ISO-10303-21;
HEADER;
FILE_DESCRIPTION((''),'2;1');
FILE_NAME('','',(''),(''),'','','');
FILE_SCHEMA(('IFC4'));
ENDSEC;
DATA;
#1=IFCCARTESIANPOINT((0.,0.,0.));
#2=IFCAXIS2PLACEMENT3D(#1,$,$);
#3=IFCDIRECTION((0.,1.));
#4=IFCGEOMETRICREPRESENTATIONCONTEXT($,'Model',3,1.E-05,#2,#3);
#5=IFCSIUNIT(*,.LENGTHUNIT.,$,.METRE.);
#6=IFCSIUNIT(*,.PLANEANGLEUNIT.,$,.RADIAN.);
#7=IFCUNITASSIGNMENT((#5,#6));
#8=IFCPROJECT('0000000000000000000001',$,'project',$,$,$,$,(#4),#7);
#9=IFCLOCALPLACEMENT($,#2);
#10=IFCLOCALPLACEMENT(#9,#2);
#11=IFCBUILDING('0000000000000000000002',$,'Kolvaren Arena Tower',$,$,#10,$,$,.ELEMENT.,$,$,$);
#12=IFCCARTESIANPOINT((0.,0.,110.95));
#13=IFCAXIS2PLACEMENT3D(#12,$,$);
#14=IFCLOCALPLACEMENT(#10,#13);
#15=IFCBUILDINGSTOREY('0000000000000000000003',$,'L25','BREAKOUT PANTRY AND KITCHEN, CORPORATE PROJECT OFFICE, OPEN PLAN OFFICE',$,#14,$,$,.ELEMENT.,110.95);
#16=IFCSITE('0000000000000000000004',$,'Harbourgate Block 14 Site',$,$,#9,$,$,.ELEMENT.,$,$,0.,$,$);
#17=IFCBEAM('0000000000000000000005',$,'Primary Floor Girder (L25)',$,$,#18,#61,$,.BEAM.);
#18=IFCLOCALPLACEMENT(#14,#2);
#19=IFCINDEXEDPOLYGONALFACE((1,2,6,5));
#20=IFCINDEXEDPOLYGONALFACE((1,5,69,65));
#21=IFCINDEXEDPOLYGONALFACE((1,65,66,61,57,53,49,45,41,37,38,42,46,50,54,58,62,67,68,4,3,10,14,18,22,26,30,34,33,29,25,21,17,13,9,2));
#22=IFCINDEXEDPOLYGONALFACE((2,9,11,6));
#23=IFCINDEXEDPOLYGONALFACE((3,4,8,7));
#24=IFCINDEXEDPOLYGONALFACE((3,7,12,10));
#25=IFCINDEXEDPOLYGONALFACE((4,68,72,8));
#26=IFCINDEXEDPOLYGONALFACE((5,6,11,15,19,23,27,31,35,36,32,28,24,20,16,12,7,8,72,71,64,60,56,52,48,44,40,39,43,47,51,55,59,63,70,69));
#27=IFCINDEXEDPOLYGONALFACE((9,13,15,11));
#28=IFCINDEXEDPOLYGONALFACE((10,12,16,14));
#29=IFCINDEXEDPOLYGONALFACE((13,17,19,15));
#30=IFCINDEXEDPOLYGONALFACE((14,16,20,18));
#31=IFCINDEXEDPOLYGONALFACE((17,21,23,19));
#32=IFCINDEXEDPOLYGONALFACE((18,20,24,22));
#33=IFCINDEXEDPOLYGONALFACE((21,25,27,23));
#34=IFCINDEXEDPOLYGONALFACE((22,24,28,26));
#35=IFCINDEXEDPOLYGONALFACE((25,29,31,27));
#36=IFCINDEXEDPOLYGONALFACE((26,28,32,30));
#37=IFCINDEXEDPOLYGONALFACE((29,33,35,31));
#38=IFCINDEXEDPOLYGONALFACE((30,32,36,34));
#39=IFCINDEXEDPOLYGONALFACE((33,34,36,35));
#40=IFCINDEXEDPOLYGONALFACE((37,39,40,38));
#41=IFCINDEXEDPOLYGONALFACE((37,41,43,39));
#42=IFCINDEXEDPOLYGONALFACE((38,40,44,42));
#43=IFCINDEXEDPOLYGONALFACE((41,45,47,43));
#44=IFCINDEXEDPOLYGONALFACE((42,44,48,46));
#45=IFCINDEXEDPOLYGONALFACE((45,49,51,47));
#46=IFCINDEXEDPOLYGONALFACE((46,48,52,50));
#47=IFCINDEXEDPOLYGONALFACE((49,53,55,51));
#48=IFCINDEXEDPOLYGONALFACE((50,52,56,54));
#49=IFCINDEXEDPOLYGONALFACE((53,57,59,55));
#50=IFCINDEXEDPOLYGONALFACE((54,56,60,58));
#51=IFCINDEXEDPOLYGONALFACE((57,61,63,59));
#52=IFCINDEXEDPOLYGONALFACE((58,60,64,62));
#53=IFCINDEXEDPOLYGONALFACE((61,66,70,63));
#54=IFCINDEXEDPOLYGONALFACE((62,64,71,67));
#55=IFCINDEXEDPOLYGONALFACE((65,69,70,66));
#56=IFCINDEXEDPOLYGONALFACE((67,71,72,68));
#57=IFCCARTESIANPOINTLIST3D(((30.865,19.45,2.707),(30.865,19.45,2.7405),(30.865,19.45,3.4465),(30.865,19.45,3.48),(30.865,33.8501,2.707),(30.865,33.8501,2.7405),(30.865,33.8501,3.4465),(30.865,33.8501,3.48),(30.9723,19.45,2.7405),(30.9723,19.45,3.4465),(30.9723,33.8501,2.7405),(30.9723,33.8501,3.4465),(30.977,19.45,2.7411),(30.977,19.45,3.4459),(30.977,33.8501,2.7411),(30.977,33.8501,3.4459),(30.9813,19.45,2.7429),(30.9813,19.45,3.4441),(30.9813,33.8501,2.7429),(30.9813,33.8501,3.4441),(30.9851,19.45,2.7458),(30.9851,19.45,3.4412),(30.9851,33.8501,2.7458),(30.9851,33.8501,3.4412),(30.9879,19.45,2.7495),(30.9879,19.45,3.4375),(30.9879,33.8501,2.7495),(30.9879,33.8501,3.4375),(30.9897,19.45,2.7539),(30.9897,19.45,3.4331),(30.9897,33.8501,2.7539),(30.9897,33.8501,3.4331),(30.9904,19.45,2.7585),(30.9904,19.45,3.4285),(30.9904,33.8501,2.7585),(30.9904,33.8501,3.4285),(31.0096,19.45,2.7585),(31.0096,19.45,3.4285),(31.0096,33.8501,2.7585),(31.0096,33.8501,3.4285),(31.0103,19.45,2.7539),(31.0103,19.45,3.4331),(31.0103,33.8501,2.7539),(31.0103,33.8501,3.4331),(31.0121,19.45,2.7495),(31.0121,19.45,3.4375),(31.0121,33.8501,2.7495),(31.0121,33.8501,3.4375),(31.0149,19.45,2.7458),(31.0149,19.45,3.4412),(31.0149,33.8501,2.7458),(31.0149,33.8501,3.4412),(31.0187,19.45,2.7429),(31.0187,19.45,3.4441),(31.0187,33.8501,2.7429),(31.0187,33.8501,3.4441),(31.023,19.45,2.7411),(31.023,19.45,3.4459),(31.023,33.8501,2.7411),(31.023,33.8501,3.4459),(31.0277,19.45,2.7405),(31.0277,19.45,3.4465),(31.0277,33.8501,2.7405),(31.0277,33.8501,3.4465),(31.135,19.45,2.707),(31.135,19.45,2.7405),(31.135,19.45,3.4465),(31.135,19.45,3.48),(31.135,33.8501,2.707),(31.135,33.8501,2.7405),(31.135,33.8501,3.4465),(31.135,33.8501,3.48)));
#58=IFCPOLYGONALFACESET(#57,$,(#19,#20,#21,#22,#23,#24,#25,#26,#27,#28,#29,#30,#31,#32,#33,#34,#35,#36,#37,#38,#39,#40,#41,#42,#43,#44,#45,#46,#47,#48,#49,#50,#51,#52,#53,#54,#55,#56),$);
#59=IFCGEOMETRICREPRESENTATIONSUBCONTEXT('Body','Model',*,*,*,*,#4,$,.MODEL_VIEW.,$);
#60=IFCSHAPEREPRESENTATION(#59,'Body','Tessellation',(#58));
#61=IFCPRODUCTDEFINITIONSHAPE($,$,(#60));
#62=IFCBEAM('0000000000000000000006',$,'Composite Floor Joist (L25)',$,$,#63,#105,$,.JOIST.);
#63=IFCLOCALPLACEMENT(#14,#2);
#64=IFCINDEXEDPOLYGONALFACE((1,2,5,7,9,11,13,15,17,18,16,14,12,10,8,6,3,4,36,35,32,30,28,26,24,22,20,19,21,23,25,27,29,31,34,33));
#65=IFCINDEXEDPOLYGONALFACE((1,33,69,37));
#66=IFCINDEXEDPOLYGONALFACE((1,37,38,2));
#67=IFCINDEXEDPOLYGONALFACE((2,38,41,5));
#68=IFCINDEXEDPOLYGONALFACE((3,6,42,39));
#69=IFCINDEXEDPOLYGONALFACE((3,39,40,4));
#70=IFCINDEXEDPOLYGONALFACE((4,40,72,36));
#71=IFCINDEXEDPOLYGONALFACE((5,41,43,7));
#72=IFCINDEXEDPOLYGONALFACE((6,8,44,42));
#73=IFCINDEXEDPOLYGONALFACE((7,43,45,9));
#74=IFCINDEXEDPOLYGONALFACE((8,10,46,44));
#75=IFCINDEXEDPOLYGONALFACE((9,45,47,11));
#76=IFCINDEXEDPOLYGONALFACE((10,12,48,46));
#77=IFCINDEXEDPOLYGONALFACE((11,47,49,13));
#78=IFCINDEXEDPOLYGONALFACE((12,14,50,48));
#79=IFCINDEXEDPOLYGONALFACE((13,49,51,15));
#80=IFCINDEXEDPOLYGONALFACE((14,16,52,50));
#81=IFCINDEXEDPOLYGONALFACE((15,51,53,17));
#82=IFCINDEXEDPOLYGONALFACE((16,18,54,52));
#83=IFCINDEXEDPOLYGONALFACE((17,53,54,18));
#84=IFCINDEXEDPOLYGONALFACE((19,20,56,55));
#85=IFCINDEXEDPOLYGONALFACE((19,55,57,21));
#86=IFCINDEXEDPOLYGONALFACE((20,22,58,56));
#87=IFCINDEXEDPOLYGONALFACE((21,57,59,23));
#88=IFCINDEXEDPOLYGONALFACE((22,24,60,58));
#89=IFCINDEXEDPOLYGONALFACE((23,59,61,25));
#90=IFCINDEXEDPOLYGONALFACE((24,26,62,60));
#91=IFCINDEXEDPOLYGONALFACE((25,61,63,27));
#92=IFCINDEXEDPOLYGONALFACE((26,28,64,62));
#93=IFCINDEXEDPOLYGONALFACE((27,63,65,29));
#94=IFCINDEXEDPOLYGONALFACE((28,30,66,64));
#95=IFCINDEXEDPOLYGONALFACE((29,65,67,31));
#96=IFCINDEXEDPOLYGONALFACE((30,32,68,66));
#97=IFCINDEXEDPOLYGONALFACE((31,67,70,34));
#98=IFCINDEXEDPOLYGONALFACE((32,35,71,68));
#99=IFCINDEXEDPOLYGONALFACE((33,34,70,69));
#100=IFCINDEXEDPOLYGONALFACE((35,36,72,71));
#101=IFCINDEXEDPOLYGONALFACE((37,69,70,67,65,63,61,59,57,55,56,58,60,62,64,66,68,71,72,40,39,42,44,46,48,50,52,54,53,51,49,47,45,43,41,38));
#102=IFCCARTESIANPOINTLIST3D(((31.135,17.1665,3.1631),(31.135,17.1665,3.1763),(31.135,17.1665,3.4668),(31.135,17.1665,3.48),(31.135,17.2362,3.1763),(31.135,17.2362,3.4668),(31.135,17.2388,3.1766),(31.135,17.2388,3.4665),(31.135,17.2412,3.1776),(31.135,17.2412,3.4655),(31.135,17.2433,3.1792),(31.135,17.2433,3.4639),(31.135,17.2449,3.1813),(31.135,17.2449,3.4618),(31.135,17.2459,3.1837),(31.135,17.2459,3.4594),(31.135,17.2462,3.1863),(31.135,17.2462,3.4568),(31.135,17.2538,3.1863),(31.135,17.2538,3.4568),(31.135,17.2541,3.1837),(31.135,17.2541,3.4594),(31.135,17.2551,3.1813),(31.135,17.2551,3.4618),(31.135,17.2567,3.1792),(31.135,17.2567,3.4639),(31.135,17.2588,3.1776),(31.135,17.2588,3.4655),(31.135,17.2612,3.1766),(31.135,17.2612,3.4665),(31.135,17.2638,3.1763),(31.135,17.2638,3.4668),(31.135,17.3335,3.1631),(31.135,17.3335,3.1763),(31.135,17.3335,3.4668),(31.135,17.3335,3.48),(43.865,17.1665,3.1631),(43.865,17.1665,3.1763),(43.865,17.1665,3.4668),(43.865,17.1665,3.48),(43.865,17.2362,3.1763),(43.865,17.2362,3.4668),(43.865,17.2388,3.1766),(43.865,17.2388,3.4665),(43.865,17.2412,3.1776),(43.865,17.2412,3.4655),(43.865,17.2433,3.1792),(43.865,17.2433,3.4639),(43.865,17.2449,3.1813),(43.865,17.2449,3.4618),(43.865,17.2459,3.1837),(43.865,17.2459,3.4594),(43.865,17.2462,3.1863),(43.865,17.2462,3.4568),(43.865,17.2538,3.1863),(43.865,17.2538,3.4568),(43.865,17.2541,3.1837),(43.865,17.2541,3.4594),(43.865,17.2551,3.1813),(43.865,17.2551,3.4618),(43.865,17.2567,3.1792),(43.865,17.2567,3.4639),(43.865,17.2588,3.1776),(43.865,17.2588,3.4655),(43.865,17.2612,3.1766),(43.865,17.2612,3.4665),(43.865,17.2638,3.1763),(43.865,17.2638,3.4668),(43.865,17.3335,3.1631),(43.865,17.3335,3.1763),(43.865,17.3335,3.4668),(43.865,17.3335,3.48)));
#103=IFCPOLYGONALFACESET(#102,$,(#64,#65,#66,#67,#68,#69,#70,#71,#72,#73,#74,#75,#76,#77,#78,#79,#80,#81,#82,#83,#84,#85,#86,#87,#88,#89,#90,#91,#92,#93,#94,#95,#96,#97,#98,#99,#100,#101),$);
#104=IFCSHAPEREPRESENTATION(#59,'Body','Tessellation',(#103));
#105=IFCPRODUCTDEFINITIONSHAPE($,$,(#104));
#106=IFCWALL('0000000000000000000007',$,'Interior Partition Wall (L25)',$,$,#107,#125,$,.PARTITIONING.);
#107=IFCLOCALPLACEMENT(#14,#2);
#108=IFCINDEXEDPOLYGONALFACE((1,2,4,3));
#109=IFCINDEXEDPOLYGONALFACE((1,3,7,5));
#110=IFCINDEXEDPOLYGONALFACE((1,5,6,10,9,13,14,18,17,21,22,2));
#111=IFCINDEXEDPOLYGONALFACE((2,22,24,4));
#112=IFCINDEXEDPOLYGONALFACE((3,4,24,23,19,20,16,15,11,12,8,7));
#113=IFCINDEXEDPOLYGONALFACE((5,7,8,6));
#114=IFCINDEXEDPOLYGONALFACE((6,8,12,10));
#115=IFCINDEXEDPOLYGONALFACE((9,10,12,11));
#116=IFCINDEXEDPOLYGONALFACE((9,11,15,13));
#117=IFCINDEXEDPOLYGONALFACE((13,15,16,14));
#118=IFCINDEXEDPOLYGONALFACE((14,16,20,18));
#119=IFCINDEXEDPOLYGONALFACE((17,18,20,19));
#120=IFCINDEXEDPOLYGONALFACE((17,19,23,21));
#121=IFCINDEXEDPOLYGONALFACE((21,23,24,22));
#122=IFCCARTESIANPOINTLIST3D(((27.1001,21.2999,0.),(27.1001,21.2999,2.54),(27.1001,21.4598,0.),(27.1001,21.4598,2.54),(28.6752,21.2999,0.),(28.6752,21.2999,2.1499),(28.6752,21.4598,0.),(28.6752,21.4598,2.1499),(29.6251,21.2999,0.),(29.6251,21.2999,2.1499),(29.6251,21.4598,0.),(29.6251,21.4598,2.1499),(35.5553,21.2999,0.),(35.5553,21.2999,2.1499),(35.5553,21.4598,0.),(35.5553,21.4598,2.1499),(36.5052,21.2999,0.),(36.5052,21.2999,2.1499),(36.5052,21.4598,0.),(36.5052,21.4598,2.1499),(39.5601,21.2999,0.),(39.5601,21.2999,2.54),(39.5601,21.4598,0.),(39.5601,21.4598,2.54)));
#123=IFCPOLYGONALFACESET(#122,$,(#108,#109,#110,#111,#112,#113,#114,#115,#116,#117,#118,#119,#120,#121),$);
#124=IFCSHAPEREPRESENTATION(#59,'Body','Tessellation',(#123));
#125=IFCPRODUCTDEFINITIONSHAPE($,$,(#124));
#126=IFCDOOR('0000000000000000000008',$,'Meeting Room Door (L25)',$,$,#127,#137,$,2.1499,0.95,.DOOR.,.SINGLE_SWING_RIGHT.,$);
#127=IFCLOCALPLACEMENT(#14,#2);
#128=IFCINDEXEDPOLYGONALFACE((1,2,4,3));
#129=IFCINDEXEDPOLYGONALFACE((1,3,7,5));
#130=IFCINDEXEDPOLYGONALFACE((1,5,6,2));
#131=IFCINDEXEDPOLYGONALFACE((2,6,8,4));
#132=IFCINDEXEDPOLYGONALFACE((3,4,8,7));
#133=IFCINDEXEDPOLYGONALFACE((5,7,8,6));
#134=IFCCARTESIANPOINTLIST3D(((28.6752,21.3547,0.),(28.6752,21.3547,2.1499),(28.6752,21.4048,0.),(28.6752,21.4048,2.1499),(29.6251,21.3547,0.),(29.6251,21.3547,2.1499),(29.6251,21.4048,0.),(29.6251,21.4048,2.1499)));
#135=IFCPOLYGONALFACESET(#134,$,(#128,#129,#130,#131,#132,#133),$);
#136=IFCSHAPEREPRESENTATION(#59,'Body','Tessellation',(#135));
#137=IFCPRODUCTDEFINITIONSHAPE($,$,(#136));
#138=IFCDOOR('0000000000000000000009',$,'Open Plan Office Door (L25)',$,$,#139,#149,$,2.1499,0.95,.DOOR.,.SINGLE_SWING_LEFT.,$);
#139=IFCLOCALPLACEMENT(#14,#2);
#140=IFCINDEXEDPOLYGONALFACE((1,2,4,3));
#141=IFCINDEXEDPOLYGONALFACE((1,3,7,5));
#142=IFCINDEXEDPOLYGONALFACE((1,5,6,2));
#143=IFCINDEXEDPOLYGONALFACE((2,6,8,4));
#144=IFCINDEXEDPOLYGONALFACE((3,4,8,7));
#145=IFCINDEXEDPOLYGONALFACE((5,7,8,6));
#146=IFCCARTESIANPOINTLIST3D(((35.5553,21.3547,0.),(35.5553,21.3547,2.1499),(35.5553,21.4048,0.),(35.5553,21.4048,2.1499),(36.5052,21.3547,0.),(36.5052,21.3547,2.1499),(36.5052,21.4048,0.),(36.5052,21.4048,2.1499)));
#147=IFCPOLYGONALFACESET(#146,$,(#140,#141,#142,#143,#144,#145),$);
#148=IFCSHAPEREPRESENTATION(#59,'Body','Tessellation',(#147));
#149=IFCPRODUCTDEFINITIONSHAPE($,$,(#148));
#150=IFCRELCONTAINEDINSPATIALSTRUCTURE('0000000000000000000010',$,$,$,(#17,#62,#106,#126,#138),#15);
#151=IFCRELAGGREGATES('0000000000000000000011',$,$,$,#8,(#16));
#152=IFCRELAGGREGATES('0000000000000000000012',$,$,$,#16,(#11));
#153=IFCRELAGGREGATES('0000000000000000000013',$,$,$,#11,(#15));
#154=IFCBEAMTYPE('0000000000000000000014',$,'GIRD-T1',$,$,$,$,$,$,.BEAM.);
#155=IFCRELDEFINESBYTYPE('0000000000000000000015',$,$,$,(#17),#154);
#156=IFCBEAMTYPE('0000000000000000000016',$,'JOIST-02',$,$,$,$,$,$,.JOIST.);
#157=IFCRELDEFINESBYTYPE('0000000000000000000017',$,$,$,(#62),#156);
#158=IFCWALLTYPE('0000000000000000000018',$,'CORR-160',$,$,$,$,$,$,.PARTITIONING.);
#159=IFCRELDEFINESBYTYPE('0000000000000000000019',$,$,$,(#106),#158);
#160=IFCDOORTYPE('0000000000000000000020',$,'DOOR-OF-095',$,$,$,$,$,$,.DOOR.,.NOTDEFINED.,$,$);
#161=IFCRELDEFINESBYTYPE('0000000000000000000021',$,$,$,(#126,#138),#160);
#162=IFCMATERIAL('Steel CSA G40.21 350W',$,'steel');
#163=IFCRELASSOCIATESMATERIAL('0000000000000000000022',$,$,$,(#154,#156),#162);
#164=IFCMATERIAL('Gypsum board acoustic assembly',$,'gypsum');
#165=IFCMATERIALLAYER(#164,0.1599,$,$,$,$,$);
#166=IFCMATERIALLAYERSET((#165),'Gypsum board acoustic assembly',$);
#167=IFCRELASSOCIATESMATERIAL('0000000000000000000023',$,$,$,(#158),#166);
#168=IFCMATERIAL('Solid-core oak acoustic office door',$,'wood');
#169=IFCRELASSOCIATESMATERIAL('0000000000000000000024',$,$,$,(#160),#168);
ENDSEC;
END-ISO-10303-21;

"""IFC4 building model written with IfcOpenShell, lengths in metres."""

from ifc_helpers import new_model, si_unit, direction, frame, frame_2d, origin, origin_2d, place, context, subcontext, project, spatial, rectangle, i_section, extrude, material, layer, layer_set, material_profile, profile_set, type_object, element, fill, save


model = new_model("IFC4")

# Units and contexts
model_context = context("Model", 3, precision=1e-05, world=origin(), true_north=direction((0.0, 1.0)))
body_context = subcontext(model_context, "Body", "Model", "MODEL_VIEW")
ifc_project = project(units=[si_unit("LENGTHUNIT", "METRE"), si_unit("PLANEANGLEUNIT", "RADIAN")], contexts=[model_context])

# Site, building, storey
site_placement = place(None, origin())
site = spatial("IfcSite", under=ifc_project, at=site_placement, Name="Harbourgate Block 14 Site", CompositionType="ELEMENT", RefElevation=0.0)
building_placement = place(site_placement, origin())
building = spatial("IfcBuilding", under=site, at=building_placement, Name="Kolvaren Arena Tower", CompositionType="ELEMENT")
storey_placement = place(building_placement, frame((0.0, 0.0, 110.95)))
storey = spatial("IfcBuildingStorey", under=building, at=storey_placement, Name="L25", Description="BREAKOUT PANTRY AND KITCHEN, CORPORATE PROJECT OFFICE, OPEN PLAN OFFICE", CompositionType="ELEMENT", Elevation=110.95)

# Beams
ifc_material_1 = material(Name="Steel CSA G40.21 350W", Category="steel")
ifc_material_profile_1 = material_profile(ifc_material_1, i_section(OverallWidth=0.27, OverallDepth=0.7729, WebThickness=0.0193, FlangeThickness=0.0334, FilletRadius=0.0181, at=origin_2d()), Name="W760x257")
ifc_profile_set_1 = profile_set([ifc_material_profile_1], Name="Steel CSA G40.21 350W")
beam_type_1 = type_object("IfcBeamType", Name="GIRD-T1", PredefinedType="BEAM", material=ifc_profile_set_1)
beam_1_placement = place(storey_placement, frame((31.0, 19.45, 3.0935), z_axis=(0.0, 1.0, 0.0), x_axis=(-1.0, 0.0, 0.0)))
element("IfcBeam", 1, at=beam_1_placement, inside=storey, type_object=beam_type_1, Name="Primary Floor Girder (L25)", PredefinedType="BEAM", context=body_context, shape_type="SweptSolid", body=[
    extrude(i_section(OverallWidth=0.27, OverallDepth=0.7729, WebThickness=0.0193, FlangeThickness=0.0334, FilletRadius=0.0181, at=origin_2d()), origin(), (0.0, 0.0, 1.0), 14.4001),
])
ifc_material_profile_2 = material_profile(ifc_material_1, i_section(OverallWidth=0.167, OverallDepth=0.3169, WebThickness=0.0076, FlangeThickness=0.0132, FilletRadius=0.01, at=origin_2d()), Name="W310x52")
ifc_profile_set_2 = profile_set([ifc_material_profile_2], Name="Steel CSA G40.21 350W")
beam_type_2 = type_object("IfcBeamType", Name="JOIST-02", PredefinedType="JOIST", material=ifc_profile_set_2)
beam_2_placement = place(storey_placement, frame((31.135, 17.25, 3.3215), z_axis=(1.0, 0.0, 0.0), x_axis=(0.0, 1.0, 0.0)))
element("IfcBeam", 2, at=beam_2_placement, inside=storey, type_object=beam_type_2, Name="Composite Floor Joist (L25)", PredefinedType="JOIST", context=body_context, shape_type="SweptSolid", body=[
    extrude(i_section(OverallWidth=0.167, OverallDepth=0.3169, WebThickness=0.0076, FlangeThickness=0.0132, FilletRadius=0.01, at=origin_2d()), origin(), (0.0, 0.0, 1.0), 12.73),
])

# Wall, openings, doors
ifc_material_2 = material(Name="Gypsum board acoustic assembly", Category="gypsum")
ifc_layer_1 = layer(ifc_material_2, 0.1599)
ifc_layer_set_1 = layer_set([ifc_layer_1], Name="Gypsum board acoustic assembly")
wall_type_1 = type_object("IfcWallType", Name="CORR-160", PredefinedType="PARTITIONING", material=ifc_layer_set_1)
wall_1_placement = place(storey_placement, frame((27.1001, 21.3799, 0.0), z_axis=(0.0, 0.0, 1.0), x_axis=(1.0, 0.0, 0.0)))
wall_1 = element("IfcWall", 3, at=wall_1_placement, inside=storey, type_object=wall_type_1, Name="Interior Partition Wall (L25)", PredefinedType="PARTITIONING", context=body_context, shape_type="SweptSolid", body=[
    extrude(rectangle(XDim=12.46, YDim=0.1599, at=frame_2d((6.23, 0.0))), origin(), (0.0, 0.0, 1.0), 2.54),
])
opening_1_placement = place(wall_1_placement, frame((1.575, 0.0, 0.0)))
opening_1 = element("IfcOpeningElement", 4, at=opening_1_placement, cuts=wall_1, PredefinedType="OPENING", context=body_context, shape_type="SweptSolid", body=[
    extrude(rectangle(XDim=0.95, YDim=2.1499, at=frame_2d((0.4751, 1.075))), frame((0.0, 0.0898, 0.0), z_axis=(0.0, -1.0, 0.0), x_axis=(1.0, 0.0, 0.0)), (0.0, 0.0, 1.0), 0.1799),
])
opening_2_placement = place(wall_1_placement, frame((8.4551, 0.0, 0.0)))
opening_2 = element("IfcOpeningElement", 5, at=opening_2_placement, cuts=wall_1, PredefinedType="OPENING", context=body_context, shape_type="SweptSolid", body=[
    extrude(rectangle(XDim=0.95, YDim=2.1499, at=frame_2d((0.4751, 1.075))), frame((0.0, 0.0898, 0.0), z_axis=(0.0, -1.0, 0.0), x_axis=(1.0, 0.0, 0.0)), (0.0, 0.0, 1.0), 0.1799),
])
ifc_material_3 = material(Name="Solid-core oak acoustic office door", Category="wood")
door_type_1 = type_object("IfcDoorType", Name="DOOR-OF-095", OperationType="NOTDEFINED", PredefinedType="DOOR", material=ifc_material_3)
door_1_placement = place(opening_1_placement, origin())
door_1 = element("IfcDoor", 6, at=door_1_placement, inside=storey, type_object=door_type_1, Name="Meeting Room Door (L25)", OperationType="SINGLE_SWING_RIGHT", OverallHeight=2.1499, OverallWidth=0.95, PredefinedType="DOOR", context=body_context, shape_type="SweptSolid", body=[
    extrude(rectangle(XDim=0.95, YDim=2.1499, at=frame_2d((0.4751, 1.075))), frame((0.0, 0.0249, 0.0), z_axis=(0.0, -1.0, 0.0), x_axis=(1.0, 0.0, 0.0)), (0.0, 0.0, 1.0), 0.05),
])
fill(opening_1, door_1)
door_2_placement = place(opening_2_placement, origin())
door_2 = element("IfcDoor", 7, at=door_2_placement, inside=storey, type_object=door_type_1, Name="Open Plan Office Door (L25)", OperationType="SINGLE_SWING_LEFT", OverallHeight=2.1499, OverallWidth=0.95, PredefinedType="DOOR", context=body_context, shape_type="SweptSolid", body=[
    extrude(rectangle(XDim=0.95, YDim=2.1499, at=frame_2d((0.4751, 1.075))), frame((0.0, 0.0249, 0.0), z_axis=(0.0, -1.0, 0.0), x_axis=(1.0, 0.0, 0.0)), (0.0, 0.0, 1.0), 0.05),
])
fill(opening_2, door_2)

save(model, "model.ifc")
